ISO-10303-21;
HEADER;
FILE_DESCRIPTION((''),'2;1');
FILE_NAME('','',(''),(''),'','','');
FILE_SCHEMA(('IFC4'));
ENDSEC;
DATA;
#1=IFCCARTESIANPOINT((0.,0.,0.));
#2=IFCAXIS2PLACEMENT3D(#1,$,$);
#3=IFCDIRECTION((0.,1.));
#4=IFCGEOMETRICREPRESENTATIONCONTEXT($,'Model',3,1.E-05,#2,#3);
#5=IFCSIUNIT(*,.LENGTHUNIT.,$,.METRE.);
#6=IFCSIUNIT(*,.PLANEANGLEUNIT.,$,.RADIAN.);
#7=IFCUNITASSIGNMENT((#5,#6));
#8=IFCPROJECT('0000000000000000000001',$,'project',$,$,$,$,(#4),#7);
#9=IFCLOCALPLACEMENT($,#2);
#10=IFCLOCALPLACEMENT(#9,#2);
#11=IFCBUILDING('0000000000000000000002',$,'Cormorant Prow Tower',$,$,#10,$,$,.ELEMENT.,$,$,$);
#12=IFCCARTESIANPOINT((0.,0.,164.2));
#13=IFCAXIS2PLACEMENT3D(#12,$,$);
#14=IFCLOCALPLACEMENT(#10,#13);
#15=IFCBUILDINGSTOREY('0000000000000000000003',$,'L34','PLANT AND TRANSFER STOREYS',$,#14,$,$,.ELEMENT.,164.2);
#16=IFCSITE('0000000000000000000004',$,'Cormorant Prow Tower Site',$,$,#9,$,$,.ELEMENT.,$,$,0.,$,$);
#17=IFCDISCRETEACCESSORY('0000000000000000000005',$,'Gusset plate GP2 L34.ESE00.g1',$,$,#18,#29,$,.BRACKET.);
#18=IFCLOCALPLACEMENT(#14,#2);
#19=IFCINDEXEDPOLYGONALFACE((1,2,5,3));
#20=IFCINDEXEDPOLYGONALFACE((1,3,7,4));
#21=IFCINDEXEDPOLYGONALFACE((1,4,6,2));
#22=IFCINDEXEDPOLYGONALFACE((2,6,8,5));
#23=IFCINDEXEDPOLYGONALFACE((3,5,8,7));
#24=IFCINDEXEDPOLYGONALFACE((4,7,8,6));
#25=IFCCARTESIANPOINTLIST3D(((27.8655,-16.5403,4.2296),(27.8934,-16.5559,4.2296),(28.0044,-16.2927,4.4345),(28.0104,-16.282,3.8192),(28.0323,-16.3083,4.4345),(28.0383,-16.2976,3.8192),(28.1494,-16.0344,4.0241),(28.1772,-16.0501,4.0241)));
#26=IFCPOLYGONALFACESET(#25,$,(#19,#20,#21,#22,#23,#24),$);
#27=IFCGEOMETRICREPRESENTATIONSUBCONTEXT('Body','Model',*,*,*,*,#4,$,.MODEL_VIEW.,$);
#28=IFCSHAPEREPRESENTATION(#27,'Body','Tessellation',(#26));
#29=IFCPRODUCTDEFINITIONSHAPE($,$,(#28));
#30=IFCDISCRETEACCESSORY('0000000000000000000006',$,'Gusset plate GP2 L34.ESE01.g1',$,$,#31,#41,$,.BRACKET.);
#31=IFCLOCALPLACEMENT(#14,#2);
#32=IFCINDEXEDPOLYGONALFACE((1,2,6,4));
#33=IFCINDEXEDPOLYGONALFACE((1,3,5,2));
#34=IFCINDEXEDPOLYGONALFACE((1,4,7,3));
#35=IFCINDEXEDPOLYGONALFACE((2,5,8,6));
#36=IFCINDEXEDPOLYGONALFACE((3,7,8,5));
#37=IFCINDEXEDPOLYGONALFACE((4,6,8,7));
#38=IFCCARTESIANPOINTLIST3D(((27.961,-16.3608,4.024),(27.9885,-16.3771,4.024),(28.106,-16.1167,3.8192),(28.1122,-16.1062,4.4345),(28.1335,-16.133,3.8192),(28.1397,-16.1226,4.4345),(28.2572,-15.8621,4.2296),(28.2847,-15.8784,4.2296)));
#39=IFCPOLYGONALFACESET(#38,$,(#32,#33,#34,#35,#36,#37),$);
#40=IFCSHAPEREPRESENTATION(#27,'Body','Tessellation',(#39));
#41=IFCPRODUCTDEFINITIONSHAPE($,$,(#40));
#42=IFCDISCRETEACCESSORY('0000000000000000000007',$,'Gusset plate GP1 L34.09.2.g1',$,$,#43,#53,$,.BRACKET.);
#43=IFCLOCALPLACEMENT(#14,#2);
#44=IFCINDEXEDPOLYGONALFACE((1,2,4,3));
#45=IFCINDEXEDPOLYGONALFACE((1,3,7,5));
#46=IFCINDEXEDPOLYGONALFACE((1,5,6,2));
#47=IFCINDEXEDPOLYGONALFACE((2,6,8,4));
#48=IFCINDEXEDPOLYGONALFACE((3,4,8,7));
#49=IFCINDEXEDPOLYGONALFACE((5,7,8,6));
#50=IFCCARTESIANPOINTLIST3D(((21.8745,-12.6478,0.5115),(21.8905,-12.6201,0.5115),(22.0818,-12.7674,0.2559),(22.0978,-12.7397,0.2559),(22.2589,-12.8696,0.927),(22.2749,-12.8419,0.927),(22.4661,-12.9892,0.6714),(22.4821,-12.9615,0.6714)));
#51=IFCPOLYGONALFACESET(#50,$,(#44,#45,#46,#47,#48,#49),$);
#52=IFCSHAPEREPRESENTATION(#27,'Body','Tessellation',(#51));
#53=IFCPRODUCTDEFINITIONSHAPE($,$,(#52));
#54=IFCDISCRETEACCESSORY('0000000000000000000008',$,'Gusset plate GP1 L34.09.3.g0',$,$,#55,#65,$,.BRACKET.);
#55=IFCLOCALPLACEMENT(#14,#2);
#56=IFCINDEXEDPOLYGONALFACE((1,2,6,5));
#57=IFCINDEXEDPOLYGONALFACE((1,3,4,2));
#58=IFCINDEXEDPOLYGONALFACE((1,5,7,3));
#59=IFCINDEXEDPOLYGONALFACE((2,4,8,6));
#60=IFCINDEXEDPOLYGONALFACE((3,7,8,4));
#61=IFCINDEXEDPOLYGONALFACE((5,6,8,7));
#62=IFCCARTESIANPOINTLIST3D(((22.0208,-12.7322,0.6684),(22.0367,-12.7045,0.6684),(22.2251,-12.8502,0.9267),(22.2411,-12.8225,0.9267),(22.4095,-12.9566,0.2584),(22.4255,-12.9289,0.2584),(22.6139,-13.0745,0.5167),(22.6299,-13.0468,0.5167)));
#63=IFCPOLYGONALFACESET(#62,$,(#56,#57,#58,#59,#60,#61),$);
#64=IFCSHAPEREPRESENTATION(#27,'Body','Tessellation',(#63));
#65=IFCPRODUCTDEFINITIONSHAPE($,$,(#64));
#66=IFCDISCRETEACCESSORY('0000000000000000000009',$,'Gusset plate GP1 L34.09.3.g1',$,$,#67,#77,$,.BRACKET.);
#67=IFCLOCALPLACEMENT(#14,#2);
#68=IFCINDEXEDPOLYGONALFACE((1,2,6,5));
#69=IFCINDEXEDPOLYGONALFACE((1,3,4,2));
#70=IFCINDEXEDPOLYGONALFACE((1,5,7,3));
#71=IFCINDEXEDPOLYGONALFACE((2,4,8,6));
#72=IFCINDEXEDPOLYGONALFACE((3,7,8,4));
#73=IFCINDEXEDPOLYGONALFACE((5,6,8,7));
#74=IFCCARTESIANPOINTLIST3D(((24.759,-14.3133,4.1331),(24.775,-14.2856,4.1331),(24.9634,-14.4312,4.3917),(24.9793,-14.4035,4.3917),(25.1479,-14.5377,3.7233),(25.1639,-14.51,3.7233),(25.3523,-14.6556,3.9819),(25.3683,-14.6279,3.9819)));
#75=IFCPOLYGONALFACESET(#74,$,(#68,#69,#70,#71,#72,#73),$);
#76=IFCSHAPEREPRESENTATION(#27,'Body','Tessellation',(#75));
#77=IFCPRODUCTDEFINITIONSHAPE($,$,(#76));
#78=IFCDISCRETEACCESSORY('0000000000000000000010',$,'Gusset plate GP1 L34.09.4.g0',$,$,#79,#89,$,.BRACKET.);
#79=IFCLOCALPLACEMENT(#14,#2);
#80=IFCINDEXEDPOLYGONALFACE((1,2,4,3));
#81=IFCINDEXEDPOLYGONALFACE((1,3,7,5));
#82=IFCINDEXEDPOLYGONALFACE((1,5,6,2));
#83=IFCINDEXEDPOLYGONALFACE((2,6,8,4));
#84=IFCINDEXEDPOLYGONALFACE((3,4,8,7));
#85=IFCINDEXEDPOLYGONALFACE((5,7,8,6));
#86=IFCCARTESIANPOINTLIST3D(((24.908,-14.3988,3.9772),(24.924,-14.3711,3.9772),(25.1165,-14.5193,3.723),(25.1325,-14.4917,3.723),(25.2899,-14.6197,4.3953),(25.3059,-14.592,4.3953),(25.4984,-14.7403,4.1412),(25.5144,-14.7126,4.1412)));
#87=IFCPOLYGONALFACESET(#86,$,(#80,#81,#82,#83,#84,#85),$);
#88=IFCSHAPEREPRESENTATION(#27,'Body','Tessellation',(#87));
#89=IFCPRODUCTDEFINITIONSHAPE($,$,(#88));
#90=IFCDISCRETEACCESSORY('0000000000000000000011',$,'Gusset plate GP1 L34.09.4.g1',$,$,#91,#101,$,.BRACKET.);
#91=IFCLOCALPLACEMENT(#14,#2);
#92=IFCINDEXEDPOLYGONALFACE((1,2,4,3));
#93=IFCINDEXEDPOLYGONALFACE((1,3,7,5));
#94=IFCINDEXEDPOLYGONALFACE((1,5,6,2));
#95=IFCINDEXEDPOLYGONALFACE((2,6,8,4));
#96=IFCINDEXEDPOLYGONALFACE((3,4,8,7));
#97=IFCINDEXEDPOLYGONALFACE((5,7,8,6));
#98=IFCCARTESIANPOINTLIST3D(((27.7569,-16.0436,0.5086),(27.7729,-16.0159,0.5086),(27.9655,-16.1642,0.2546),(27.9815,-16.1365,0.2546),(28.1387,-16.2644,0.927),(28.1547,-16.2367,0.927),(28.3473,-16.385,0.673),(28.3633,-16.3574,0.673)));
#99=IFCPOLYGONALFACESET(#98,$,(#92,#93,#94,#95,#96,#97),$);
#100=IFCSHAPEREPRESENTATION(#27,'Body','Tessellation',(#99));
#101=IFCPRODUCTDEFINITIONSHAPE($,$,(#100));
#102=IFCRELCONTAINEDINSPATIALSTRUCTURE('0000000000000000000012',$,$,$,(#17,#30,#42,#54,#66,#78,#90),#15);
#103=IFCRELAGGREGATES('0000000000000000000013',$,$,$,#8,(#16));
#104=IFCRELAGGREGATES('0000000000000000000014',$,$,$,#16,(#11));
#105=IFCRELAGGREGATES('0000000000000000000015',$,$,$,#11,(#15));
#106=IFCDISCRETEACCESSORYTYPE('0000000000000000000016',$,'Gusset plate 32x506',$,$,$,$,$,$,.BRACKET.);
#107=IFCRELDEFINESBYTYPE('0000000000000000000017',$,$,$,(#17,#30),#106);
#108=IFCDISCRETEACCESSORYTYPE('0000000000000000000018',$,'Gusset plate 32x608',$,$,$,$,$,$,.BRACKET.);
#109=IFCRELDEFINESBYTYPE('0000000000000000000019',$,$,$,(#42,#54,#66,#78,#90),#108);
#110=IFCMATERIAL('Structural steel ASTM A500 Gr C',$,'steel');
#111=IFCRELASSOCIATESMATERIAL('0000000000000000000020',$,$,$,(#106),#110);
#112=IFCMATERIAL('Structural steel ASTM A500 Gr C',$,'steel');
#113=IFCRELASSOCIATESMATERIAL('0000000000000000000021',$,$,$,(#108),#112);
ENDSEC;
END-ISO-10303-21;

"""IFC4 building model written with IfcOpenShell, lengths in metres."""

from ifc_helpers import new_model, si_unit, direction, frame, origin, origin_2d, place, context, subcontext, project, spatial, rectangle, extrude, material, material_profile, profile_set, type_object, element, save


model = new_model("IFC4")

# Units and contexts
model_context = context("Model", 3, precision=1e-05, world=origin(), true_north=direction((0.0, 1.0)))
body_context = subcontext(model_context, "Body", "Model", "MODEL_VIEW")
ifc_project = project(units=[si_unit("LENGTHUNIT", "METRE"), si_unit("PLANEANGLEUNIT", "RADIAN")], contexts=[model_context])

# Site, building, storey
site_placement = place(None, origin())
site = spatial("IfcSite", under=ifc_project, at=site_placement, Name="Cormorant Prow Tower Site", CompositionType="ELEMENT", RefElevation=0.0)
building_placement = place(site_placement, origin())
building = spatial("IfcBuilding", under=site, at=building_placement, Name="Cormorant Prow Tower", CompositionType="ELEMENT")
storey_placement = place(building_placement, frame((0.0, 0.0, 164.2)))
storey = spatial("IfcBuildingStorey", under=building, at=storey_placement, Name="L34", Description="PLANT AND TRANSFER STOREYS", CompositionType="ELEMENT", Elevation=164.2)

# Discrete accessories
ifc_material_1 = material(Name="Structural steel ASTM A500 Gr C", Category="steel")
ifc_material_profile_1 = material_profile(ifc_material_1, rectangle(XDim=0.032, YDim=0.5061, at=origin_2d()), Name="Gusset plate 32x506")
ifc_profile_set_1 = profile_set([ifc_material_profile_1], Name="Structural steel ASTM A500 Gr C")
discrete_accessory_type_1 = type_object("IfcDiscreteAccessoryType", Name="Gusset plate 32x506", PredefinedType="BRACKET", material=ifc_profile_set_1)
for number, where, z_axis, x_axis, name in (
    (1, (27.9519, -16.4189, 4.0244), (0.396838, 0.707195, 0.585145), (-0.87208, 0.489363, 0.0), "Gusset plate GP2 L34.ESE00.g1"),
    (2, (28.1953, -15.9976, 4.0244), (-0.414186, -0.697282, 0.58502), (0.85976, -0.510698, 0.0), "Gusset plate GP2 L34.ESE01.g1"),
):
    element("IfcDiscreteAccessory", number, at=place(storey_placement, frame(where, z_axis=z_axis, x_axis=x_axis)), inside=storey, type_object=discrete_accessory_type_1, Name=name, PredefinedType="BRACKET", context=body_context, shape_type="SweptSolid", body=[
        extrude(rectangle(XDim=0.032, YDim=0.5061, at=origin_2d()), origin(), (0.0, 0.0, 1.0), 0.3501),
    ])
ifc_material_2 = material(Name="Structural steel ASTM A500 Gr C", Category="steel")
ifc_material_profile_2 = material_profile(ifc_material_2, rectangle(XDim=0.032, YDim=0.6079, at=origin_2d()), Name="Gusset plate 32x608")
ifc_profile_set_2 = profile_set([ifc_material_profile_2], Name="Structural steel ASTM A500 Gr C")
discrete_accessory_type_2 = type_object("IfcDiscreteAccessoryType", Name="Gusset plate 32x608", PredefinedType="BRACKET", material=ifc_profile_set_2)
discrete_accessory_1_placement = place(storey_placement, frame((22.0747, -12.7449, 0.7192), z_axis=(0.591942, -0.341639, -0.729992), x_axis=(0.49987, 0.866101, 0.0)))
element("IfcDiscreteAccessory", 3, at=discrete_accessory_1_placement, inside=storey, type_object=discrete_accessory_type_2, Name="Gusset plate GP1 L34.09.2.g1", PredefinedType="BRACKET", context=body_context, shape_type="SweptSolid", body=[
    extrude(rectangle(XDim=0.032, YDim=0.6079, at=origin_2d()), origin(), (0.0, 0.0, 1.0), 0.3501),
])
discrete_accessory_2_placement = place(storey_placement, frame((22.4275, -12.9485, 0.7217), z_axis=(-0.584127, 0.337077, -0.738359), x_axis=(-0.499812, -0.866134, 0.0)))
element("IfcDiscreteAccessory", 4, at=discrete_accessory_2_placement, inside=storey, type_object=discrete_accessory_type_2, Name="Gusset plate GP1 L34.09.3.g0", PredefinedType="BRACKET", context=body_context, shape_type="SweptSolid", body=[
    extrude(rectangle(XDim=0.032, YDim=0.6079, at=origin_2d()), origin(), (0.0, 0.0, 1.0), 0.3499),
])
for number, where, z_axis, x_axis, name in (
    (5, (24.9614, -14.4116, 3.9282), (0.583826, -0.336903, 0.738676), (0.499812, 0.866134, 0.0), "Gusset plate GP1 L34.09.3.g1"),
    (6, (25.3154, -14.616, 3.9321), (-0.595439, 0.344434, 0.725822), (-0.500717, -0.865611, 0.0), "Gusset plate GP1 L34.09.4.g0"),
    (7, (27.9558, -16.1401, 0.7178), (0.59574, -0.344609, -0.725492), (0.500717, 0.865611, 0.0), "Gusset plate GP1 L34.09.4.g1"),
):
    element("IfcDiscreteAccessory", number, at=place(storey_placement, frame(where, z_axis=z_axis, x_axis=x_axis)), inside=storey, type_object=discrete_accessory_type_2, Name=name, PredefinedType="BRACKET", context=body_context, shape_type="SweptSolid", body=[
        extrude(rectangle(XDim=0.032, YDim=0.6079, at=origin_2d()), origin(), (0.0, 0.0, 1.0), 0.3501),
    ])

save(model, "model.ifc")
